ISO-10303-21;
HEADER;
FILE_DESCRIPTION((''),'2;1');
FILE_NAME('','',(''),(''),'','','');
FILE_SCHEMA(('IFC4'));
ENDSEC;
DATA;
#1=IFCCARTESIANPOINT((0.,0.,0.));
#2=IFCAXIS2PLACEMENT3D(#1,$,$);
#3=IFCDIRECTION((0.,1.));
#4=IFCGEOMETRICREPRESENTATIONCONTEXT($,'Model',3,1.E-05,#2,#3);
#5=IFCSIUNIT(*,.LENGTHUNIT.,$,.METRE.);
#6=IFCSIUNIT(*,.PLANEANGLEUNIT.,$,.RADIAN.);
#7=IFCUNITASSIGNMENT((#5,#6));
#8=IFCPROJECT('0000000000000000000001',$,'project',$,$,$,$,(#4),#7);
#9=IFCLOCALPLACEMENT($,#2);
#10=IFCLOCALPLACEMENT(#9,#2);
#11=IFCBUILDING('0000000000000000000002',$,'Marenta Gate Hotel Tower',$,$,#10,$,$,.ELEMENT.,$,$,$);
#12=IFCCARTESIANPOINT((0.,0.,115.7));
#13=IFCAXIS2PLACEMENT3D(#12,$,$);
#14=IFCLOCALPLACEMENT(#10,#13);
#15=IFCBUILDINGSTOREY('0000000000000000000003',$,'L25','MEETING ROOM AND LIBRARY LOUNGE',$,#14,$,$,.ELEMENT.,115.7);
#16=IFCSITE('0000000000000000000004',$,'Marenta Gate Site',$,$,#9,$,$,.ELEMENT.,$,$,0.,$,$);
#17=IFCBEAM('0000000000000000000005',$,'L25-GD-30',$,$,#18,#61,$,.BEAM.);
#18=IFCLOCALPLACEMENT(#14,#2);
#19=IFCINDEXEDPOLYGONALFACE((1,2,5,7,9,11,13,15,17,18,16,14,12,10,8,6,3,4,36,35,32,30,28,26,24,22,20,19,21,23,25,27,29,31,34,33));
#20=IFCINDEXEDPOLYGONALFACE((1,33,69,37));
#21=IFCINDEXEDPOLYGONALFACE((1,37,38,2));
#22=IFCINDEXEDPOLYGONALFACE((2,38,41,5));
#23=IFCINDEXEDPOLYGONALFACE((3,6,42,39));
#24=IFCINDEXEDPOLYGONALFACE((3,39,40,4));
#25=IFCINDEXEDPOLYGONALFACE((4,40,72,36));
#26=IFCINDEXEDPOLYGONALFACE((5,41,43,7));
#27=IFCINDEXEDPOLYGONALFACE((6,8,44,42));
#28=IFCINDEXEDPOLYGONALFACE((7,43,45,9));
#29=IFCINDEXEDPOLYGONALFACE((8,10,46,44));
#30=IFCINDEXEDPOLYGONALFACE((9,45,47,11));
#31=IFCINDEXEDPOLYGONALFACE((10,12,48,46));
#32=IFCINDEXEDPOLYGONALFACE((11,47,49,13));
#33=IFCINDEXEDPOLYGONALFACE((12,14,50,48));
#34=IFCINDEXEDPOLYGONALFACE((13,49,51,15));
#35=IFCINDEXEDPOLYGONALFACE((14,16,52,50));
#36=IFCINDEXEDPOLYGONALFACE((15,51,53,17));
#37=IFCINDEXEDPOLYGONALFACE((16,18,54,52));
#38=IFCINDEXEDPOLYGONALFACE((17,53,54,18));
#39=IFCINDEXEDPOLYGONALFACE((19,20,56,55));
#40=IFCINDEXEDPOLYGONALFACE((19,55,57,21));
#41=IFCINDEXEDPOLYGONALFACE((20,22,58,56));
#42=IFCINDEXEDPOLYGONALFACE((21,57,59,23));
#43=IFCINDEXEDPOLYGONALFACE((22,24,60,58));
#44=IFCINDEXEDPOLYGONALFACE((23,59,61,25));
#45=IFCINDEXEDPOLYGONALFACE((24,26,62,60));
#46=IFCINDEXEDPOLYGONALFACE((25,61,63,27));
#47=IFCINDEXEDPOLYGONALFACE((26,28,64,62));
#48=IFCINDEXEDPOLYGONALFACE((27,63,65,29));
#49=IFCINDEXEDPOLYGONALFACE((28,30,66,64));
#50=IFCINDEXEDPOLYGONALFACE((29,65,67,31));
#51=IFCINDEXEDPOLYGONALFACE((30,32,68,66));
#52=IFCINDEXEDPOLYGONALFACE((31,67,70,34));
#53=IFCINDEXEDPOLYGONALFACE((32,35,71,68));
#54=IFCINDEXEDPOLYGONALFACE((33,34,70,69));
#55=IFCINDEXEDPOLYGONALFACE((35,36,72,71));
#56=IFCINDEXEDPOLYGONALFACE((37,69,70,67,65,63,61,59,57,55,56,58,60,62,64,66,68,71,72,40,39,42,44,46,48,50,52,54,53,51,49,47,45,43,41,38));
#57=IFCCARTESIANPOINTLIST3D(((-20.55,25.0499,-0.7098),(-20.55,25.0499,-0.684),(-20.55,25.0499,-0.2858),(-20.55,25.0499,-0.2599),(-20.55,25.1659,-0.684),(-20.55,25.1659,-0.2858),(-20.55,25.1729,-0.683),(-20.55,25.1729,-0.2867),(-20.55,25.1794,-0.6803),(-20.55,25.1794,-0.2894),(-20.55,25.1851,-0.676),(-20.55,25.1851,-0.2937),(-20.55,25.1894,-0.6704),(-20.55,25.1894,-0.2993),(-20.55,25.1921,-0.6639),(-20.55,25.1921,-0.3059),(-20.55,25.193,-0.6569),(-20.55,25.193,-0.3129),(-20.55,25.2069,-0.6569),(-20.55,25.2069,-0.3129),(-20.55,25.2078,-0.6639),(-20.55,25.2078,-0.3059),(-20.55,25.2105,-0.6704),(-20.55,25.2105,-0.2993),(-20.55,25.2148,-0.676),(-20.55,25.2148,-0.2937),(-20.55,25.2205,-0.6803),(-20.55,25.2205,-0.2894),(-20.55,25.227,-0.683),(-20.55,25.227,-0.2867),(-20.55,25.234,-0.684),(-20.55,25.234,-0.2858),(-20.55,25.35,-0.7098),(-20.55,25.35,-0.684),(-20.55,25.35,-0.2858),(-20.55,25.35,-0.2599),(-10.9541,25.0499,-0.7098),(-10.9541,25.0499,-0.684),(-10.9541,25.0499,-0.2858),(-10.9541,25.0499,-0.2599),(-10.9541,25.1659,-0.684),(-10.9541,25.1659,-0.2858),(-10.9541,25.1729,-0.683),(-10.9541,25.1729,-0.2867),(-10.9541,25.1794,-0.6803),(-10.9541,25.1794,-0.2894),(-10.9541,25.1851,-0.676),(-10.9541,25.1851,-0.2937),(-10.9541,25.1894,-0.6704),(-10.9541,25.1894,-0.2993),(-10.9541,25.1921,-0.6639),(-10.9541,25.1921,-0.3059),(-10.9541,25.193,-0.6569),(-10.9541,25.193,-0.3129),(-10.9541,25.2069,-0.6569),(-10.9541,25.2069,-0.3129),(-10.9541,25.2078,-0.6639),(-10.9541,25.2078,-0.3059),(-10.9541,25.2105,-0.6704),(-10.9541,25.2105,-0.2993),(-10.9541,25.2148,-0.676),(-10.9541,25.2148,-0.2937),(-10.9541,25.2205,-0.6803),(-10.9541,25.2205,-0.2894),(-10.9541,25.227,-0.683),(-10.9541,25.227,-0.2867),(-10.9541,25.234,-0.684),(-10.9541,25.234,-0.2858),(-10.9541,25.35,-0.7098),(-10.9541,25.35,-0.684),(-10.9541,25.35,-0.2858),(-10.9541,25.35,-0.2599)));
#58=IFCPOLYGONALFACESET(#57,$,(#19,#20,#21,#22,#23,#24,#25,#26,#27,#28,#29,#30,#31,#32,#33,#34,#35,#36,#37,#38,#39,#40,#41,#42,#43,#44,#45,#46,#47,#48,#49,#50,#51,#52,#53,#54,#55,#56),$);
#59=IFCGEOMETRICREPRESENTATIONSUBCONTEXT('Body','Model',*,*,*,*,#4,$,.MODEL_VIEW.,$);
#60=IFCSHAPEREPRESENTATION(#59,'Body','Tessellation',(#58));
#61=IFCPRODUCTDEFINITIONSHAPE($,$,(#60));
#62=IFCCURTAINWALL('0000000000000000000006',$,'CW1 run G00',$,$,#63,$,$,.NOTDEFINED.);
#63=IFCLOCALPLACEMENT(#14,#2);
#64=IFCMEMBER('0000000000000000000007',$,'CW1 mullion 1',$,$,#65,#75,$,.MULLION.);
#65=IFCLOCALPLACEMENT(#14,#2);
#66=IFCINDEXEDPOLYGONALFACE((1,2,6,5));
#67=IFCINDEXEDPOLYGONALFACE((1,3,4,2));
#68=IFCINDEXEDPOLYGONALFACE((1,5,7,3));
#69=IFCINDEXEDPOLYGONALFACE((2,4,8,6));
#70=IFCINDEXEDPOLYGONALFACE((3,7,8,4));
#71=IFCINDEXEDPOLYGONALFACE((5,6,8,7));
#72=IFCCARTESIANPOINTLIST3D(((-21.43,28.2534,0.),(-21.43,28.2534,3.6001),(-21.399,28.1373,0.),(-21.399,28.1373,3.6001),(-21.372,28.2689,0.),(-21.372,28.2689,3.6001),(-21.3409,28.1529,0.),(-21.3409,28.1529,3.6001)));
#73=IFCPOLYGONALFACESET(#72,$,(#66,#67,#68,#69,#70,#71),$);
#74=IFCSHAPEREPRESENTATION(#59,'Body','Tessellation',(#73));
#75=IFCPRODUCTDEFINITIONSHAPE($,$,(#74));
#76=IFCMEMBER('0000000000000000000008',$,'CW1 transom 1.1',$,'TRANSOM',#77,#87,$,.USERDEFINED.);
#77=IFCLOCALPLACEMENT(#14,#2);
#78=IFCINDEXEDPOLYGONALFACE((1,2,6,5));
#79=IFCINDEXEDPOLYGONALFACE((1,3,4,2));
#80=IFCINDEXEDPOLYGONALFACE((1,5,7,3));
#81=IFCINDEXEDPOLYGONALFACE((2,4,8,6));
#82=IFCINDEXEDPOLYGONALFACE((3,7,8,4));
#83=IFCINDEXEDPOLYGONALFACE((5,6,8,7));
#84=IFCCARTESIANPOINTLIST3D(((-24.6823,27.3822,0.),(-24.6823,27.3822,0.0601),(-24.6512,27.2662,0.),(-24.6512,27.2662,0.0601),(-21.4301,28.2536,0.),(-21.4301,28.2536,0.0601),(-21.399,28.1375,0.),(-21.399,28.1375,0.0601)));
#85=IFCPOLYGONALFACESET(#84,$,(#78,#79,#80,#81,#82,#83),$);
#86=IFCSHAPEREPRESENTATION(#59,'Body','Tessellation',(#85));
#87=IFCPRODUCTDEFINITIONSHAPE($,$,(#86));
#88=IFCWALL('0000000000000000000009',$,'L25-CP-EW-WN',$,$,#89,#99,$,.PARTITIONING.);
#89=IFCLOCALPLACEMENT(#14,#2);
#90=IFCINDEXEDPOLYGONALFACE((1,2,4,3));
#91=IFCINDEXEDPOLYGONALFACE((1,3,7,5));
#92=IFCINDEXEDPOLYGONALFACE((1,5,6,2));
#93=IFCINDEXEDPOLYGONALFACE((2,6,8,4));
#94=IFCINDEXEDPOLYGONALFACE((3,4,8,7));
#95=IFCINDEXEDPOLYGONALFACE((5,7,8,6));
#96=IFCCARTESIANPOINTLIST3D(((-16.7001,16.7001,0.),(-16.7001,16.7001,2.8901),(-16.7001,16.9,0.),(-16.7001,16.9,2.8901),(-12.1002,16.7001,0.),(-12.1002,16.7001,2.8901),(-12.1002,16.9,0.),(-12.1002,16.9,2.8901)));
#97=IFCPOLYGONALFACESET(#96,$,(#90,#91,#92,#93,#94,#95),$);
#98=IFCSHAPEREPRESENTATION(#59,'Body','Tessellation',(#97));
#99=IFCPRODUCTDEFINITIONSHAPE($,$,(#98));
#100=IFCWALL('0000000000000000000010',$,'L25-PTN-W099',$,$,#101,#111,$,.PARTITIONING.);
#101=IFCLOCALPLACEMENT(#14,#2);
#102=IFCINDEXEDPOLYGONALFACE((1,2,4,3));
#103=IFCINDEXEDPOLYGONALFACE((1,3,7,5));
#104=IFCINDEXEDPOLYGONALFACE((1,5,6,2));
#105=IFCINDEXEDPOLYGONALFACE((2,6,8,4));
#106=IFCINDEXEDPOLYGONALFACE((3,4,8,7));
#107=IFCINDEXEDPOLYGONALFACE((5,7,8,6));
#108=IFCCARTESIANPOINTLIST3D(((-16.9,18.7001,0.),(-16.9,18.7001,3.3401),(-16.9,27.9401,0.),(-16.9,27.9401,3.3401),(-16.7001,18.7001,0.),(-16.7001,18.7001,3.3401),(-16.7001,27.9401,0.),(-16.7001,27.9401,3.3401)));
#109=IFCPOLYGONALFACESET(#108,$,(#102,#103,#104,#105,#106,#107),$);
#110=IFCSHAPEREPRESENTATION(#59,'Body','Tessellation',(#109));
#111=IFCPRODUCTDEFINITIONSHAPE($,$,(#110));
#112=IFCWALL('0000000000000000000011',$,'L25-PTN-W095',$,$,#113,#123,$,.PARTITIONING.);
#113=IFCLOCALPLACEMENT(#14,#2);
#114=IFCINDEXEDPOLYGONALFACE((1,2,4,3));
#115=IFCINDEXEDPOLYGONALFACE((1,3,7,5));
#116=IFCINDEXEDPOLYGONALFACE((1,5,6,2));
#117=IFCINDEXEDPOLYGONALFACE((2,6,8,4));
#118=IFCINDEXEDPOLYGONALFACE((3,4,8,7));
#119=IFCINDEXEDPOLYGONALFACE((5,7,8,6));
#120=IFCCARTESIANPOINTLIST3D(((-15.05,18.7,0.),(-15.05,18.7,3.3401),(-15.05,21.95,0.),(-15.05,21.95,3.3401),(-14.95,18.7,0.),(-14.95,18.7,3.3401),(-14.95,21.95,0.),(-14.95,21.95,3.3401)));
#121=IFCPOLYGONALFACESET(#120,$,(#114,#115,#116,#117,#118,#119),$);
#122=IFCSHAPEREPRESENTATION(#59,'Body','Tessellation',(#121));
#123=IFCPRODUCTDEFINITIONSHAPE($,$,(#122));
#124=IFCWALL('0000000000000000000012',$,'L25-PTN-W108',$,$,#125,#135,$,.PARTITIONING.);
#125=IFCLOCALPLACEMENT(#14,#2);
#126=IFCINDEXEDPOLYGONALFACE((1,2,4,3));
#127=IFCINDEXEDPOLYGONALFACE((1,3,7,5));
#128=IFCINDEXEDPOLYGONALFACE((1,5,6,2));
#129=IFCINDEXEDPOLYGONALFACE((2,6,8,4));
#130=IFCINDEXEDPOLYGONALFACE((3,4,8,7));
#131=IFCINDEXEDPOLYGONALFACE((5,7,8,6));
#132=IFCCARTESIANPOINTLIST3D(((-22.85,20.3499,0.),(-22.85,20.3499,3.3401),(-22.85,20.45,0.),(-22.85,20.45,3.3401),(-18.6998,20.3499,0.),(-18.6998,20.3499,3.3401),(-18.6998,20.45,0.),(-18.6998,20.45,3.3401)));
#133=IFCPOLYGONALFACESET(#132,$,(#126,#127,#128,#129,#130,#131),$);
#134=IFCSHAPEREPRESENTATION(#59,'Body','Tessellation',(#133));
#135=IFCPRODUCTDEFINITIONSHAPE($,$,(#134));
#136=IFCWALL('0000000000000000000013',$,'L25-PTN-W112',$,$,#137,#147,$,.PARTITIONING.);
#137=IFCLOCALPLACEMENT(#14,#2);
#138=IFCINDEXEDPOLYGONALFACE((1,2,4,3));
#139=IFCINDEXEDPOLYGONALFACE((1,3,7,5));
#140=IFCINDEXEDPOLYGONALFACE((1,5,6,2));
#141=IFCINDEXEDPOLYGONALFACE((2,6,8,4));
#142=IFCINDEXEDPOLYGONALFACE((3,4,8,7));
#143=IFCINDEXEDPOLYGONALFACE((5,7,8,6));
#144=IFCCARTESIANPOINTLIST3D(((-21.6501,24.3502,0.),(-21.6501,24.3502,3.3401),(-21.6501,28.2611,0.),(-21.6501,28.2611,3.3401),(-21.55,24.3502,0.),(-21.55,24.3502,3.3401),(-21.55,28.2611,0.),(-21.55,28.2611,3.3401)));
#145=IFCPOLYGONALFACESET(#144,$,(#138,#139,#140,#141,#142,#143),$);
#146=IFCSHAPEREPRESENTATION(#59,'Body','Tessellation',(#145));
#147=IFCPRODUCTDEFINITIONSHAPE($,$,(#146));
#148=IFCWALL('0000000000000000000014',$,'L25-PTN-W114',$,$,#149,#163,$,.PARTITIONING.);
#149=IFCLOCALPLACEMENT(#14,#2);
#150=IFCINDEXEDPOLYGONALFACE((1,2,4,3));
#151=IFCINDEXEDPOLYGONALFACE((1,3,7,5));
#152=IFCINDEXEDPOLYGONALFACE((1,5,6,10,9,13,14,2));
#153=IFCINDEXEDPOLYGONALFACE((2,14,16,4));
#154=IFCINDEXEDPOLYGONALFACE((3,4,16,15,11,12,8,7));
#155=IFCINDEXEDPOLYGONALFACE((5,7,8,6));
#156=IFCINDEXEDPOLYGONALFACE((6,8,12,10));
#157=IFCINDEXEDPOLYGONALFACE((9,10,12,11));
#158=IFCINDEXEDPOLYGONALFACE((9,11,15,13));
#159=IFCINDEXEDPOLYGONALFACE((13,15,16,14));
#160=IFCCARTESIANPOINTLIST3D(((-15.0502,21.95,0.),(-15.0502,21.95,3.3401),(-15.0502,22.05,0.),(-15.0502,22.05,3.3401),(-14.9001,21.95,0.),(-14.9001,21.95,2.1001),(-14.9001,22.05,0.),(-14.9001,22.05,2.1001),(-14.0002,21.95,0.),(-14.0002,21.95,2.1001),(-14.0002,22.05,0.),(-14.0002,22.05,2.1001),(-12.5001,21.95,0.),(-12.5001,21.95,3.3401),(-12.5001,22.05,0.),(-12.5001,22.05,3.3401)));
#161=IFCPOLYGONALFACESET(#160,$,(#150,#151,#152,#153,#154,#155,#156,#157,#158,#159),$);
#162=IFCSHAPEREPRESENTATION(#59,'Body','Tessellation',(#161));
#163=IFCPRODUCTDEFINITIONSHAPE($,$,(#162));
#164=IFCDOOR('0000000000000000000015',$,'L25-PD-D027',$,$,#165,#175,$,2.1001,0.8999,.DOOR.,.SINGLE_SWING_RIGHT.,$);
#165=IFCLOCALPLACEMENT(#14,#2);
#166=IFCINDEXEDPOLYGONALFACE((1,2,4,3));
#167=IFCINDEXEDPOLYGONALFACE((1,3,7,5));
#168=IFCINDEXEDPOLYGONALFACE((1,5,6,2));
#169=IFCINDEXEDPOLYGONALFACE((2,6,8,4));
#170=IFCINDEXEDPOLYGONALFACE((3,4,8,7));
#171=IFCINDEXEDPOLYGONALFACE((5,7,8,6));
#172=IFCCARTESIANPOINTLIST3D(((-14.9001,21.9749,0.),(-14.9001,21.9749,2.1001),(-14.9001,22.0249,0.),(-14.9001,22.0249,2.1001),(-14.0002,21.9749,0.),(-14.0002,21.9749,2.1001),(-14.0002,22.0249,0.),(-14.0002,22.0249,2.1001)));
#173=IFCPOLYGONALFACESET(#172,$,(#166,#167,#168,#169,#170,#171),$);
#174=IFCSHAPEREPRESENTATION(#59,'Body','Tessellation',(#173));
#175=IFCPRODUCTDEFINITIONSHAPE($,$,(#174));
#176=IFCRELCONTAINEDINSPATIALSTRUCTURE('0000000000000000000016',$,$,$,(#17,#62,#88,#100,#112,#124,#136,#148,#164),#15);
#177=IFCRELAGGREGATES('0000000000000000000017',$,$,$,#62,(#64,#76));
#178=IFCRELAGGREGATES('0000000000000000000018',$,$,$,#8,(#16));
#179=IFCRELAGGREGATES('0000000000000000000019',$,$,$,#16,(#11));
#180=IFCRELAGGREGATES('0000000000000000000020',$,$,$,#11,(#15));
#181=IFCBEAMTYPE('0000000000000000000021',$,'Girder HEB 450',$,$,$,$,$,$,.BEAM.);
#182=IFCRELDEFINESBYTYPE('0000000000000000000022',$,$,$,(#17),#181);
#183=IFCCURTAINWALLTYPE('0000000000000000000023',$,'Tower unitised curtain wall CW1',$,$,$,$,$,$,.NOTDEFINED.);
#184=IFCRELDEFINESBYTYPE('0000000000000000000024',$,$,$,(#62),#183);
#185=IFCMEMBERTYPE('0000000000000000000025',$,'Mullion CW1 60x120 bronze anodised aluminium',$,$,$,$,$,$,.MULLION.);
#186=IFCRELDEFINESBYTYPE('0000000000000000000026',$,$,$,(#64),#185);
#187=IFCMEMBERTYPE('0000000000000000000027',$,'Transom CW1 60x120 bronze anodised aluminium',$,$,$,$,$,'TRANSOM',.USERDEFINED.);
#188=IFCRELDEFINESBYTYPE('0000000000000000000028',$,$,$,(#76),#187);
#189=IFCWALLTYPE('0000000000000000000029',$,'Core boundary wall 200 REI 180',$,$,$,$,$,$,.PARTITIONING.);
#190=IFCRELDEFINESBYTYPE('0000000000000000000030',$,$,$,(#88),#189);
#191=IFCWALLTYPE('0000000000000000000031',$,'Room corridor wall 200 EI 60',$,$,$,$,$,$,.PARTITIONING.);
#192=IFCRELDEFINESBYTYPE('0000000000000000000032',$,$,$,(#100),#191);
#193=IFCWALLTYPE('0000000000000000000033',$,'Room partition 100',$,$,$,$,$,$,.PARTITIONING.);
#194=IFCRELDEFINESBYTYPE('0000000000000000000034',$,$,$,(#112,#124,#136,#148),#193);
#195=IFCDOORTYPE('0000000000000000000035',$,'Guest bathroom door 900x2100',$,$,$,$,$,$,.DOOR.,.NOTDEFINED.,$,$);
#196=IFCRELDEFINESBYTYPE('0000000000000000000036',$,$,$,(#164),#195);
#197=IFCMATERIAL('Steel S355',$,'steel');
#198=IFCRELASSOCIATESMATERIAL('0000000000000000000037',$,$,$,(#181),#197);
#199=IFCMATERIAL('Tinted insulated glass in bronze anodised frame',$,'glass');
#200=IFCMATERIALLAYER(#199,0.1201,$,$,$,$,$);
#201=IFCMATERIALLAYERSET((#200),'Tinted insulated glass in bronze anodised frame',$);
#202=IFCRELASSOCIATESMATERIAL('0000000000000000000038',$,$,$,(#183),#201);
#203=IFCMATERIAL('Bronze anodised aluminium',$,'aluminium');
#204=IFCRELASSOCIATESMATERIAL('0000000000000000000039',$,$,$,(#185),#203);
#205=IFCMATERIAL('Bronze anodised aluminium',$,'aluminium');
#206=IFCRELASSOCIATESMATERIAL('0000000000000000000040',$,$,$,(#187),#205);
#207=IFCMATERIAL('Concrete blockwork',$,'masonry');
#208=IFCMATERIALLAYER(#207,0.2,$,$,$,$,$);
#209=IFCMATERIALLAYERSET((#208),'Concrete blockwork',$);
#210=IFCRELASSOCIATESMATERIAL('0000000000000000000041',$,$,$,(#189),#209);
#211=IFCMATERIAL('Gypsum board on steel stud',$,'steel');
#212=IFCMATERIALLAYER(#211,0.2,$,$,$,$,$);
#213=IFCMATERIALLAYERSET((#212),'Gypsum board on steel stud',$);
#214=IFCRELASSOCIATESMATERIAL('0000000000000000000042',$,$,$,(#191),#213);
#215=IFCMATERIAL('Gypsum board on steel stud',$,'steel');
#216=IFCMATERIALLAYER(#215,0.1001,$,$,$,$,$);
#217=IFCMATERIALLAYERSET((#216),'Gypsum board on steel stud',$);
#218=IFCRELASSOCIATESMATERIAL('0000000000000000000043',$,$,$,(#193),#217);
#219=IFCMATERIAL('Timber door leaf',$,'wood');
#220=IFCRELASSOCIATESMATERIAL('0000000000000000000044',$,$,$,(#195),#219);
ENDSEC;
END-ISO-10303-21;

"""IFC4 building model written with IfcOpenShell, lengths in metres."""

from ifc_helpers import new_model, si_unit, direction, frame, frame_2d, origin, origin_2d, place, context, subcontext, project, spatial, rectangle, i_section, extrude, material, layer, layer_set, material_profile, profile_set, type_object, element, fill, aggregate, save


model = new_model("IFC4")

# Units and contexts
model_context = context("Model", 3, precision=1e-05, world=origin(), true_north=direction((0.0, 1.0)))
body_context = subcontext(model_context, "Body", "Model", "MODEL_VIEW")
ifc_project = project(units=[si_unit("LENGTHUNIT", "METRE"), si_unit("PLANEANGLEUNIT", "RADIAN")], contexts=[model_context])

# Site, building, storey
site_placement = place(None, origin())
site = spatial("IfcSite", under=ifc_project, at=site_placement, Name="Marenta Gate Site", CompositionType="ELEMENT", RefElevation=0.0)
building_placement = place(site_placement, origin())
building = spatial("IfcBuilding", under=site, at=building_placement, Name="Marenta Gate Hotel Tower", CompositionType="ELEMENT")
storey_placement = place(building_placement, frame((0.0, 0.0, 115.7)))
storey = spatial("IfcBuildingStorey", under=building, at=storey_placement, Name="L25", Description="MEETING ROOM AND LIBRARY LOUNGE", CompositionType="ELEMENT", Elevation=115.7)

# Beam
ifc_material_1 = material(Name="Steel S355", Category="steel")
ifc_material_profile_1 = material_profile(ifc_material_1, i_section(OverallWidth=0.3, OverallDepth=0.45, WebThickness=0.0139, FlangeThickness=0.0259, FilletRadius=0.0271, at=origin_2d()), Name="HEB 450")
ifc_profile_set_1 = profile_set([ifc_material_profile_1], Name="Steel S355")
beam_type_1 = type_object("IfcBeamType", Name="Girder HEB 450", PredefinedType="BEAM", material=ifc_profile_set_1)
beam_1_placement = place(storey_placement, frame((-20.55, 25.2, -0.4849), z_axis=(1.0, 0.0, 0.0), x_axis=(0.0, 1.0, 0.0)))
element("IfcBeam", 1, at=beam_1_placement, inside=storey, type_object=beam_type_1, Name="L25-GD-30", PredefinedType="BEAM", context=body_context, shape_type="SweptSolid", body=[
    extrude(i_section(OverallWidth=0.3, OverallDepth=0.45, WebThickness=0.0139, FlangeThickness=0.0259, FilletRadius=0.0271, at=origin_2d()), origin(), (0.0, 0.0, 1.0), 9.5959),
])

# Curtain wall, members
ifc_material_2 = material(Name="Tinted insulated glass in bronze anodised frame", Category="glass")
ifc_layer_1 = layer(ifc_material_2, 0.1201)
ifc_layer_set_1 = layer_set([ifc_layer_1], Name="Tinted insulated glass in bronze anodised frame")
curtain_wall_type = type_object("IfcCurtainWallType", Name="Tower unitised curtain wall CW1", PredefinedType="NOTDEFINED", material=ifc_layer_set_1)
curtain_wall_placement = place(storey_placement, origin())
curtain_wall = element("IfcCurtainWall", 2, at=curtain_wall_placement, inside=storey, type_object=curtain_wall_type, Name="CW1 run G00", PredefinedType="NOTDEFINED")
ifc_material_3 = material(Name="Bronze anodised aluminium", Category="aluminium")
ifc_material_profile_2 = material_profile(ifc_material_3, rectangle(XDim=0.1201, YDim=0.0601, at=origin_2d()), Name="Mullion CW1 60x120 bronze anodised aluminium")
ifc_profile_set_2 = profile_set([ifc_material_profile_2], Name="Bronze anodised aluminium")
member_type_1 = type_object("IfcMemberType", Name="Mullion CW1 60x120 bronze anodised aluminium", PredefinedType="MULLION", material=ifc_profile_set_2)
member_1_placement = place(storey_placement, frame((-21.3855, 28.2031, 0.0), z_axis=(0.0, 0.0, 1.0), x_axis=(0.258801, -0.965931, 0.0)))
member_1 = element("IfcMember", 3, at=member_1_placement, type_object=member_type_1, Name="CW1 mullion 1", PredefinedType="MULLION", context=body_context, shape_type="SweptSolid", body=[
    extrude(rectangle(XDim=0.1201, YDim=0.0601, at=origin_2d()), origin(), (0.0, 0.0, 1.0), 3.6001),
])
ifc_material_4 = material(Name="Bronze anodised aluminium", Category="aluminium")
ifc_material_profile_3 = material_profile(ifc_material_4, rectangle(XDim=0.1201, YDim=0.0601, at=origin_2d()), Name="Transom CW1 60x120 bronze anodised aluminium")
ifc_profile_set_3 = profile_set([ifc_material_profile_3], Name="Bronze anodised aluminium")
member_type_2 = type_object("IfcMemberType", Name="Transom CW1 60x120 bronze anodised aluminium", ElementType="TRANSOM", PredefinedType="USERDEFINED", material=ifc_profile_set_3)
member_2_placement = place(storey_placement, frame((-21.4146, 28.1956, 0.03), z_axis=(-0.965932, -0.258795, 0.0), x_axis=(0.258795, -0.965932, 0.0)))
member_2 = element("IfcMember", 4, at=member_2_placement, type_object=member_type_2, Name="CW1 transom 1.1", ObjectType="TRANSOM", PredefinedType="USERDEFINED", context=body_context, shape_type="SweptSolid", body=[
    extrude(rectangle(XDim=0.1201, YDim=0.0601, at=origin_2d()), origin(), (0.0, 0.0, 1.0), 3.3669),
])
aggregate(curtain_wall, [member_1, member_2])

# Walls
ifc_material_5 = material(Name="Concrete blockwork", Category="masonry")
ifc_layer_2 = layer(ifc_material_5, 0.2)
ifc_layer_set_2 = layer_set([ifc_layer_2], Name="Concrete blockwork")
wall_type_1 = type_object("IfcWallType", Name="Core boundary wall 200 REI 180", PredefinedType="PARTITIONING", material=ifc_layer_set_2)
wall_1_placement = place(storey_placement, frame((-16.7, 16.8, 0.0), z_axis=(0.0, 0.0, 1.0), x_axis=(1.0, 0.0, 0.0)))
element("IfcWall", 5, at=wall_1_placement, inside=storey, type_object=wall_type_1, Name="L25-CP-EW-WN", PredefinedType="PARTITIONING", context=body_context, shape_type="SweptSolid", body=[
    extrude(rectangle(XDim=4.5999, YDim=0.2, at=frame_2d((2.2998, 0.0))), origin(), (0.0, 0.0, 1.0), 2.8901),
])
ifc_material_6 = material(Name="Gypsum board on steel stud", Category="steel")
ifc_layer_3 = layer(ifc_material_6, 0.2)
ifc_layer_set_3 = layer_set([ifc_layer_3], Name="Gypsum board on steel stud")
wall_type_2 = type_object("IfcWallType", Name="Room corridor wall 200 EI 60", PredefinedType="PARTITIONING", material=ifc_layer_set_3)
wall_2_placement = place(storey_placement, frame((-16.8, 18.7, 0.0), z_axis=(0.0, 0.0, 1.0), x_axis=(0.0, 1.0, 0.0)))
element("IfcWall", 6, at=wall_2_placement, inside=storey, type_object=wall_type_2, Name="L25-PTN-W099", PredefinedType="PARTITIONING", context=body_context, shape_type="SweptSolid", body=[
    extrude(rectangle(XDim=9.24, YDim=0.2, at=frame_2d((4.6201, 0.0))), origin(), (0.0, 0.0, 1.0), 3.3401),
])

# Walls
ifc_material_7 = material(Name="Gypsum board on steel stud", Category="steel")
ifc_layer_4 = layer(ifc_material_7, 0.1001)
ifc_layer_set_4 = layer_set([ifc_layer_4], Name="Gypsum board on steel stud")
wall_type_3 = type_object("IfcWallType", Name="Room partition 100", PredefinedType="PARTITIONING", material=ifc_layer_set_4)
wall_3_placement = place(storey_placement, frame((-15.0, 18.7, 0.0), z_axis=(0.0, 0.0, 1.0), x_axis=(0.0, 1.0, 0.0)))
element("IfcWall", 7, at=wall_3_placement, inside=storey, type_object=wall_type_3, Name="L25-PTN-W095", PredefinedType="PARTITIONING", context=body_context, shape_type="SweptSolid", body=[
    extrude(rectangle(XDim=3.25, YDim=0.1001, at=frame_2d((1.625, 0.0))), origin(), (0.0, 0.0, 1.0), 3.3401),
])
wall_4_placement = place(storey_placement, frame((-22.8501, 20.3999, 0.0), z_axis=(0.0, 0.0, 1.0), x_axis=(1.0, 0.0, 0.0)))
element("IfcWall", 8, at=wall_4_placement, inside=storey, type_object=wall_type_3, Name="L25-PTN-W108", PredefinedType="PARTITIONING", context=body_context, shape_type="SweptSolid", body=[
    extrude(rectangle(XDim=4.1501, YDim=0.1001, at=frame_2d((2.0752, 0.0))), origin(), (0.0, 0.0, 1.0), 3.3401),
])
wall_5_placement = place(storey_placement, frame((-21.6001, 24.3501, 0.0), z_axis=(0.0, 0.0, 1.0), x_axis=(0.0, 1.0, 0.0)))
element("IfcWall", 9, at=wall_5_placement, inside=storey, type_object=wall_type_3, Name="L25-PTN-W112", PredefinedType="PARTITIONING", context=body_context, shape_type="SweptSolid", body=[
    extrude(rectangle(XDim=3.9109, YDim=0.1001, at=frame_2d((1.9556, 0.0))), origin(), (0.0, 0.0, 1.0), 3.3401),
])

# Wall, opening, door
wall_6_placement = place(storey_placement, frame((-15.05, 22.0, 0.0), z_axis=(0.0, 0.0, 1.0), x_axis=(1.0, 0.0, 0.0)))
wall_6 = element("IfcWall", 10, at=wall_6_placement, inside=storey, type_object=wall_type_3, Name="L25-PTN-W114", PredefinedType="PARTITIONING", context=body_context, shape_type="SweptSolid", body=[
    extrude(rectangle(XDim=2.55, YDim=0.1001, at=frame_2d((1.2749, 0.0))), origin(), (0.0, 0.0, 1.0), 3.3401),
])
opening_1_placement = place(wall_6_placement, frame((0.1499, 0.0, 0.0)))
opening_1 = element("IfcOpeningElement", 11, at=opening_1_placement, cuts=wall_6, PredefinedType="OPENING", context=body_context, shape_type="SweptSolid", body=[
    extrude(rectangle(XDim=0.8999, YDim=2.1001, at=frame_2d((0.45, 1.05))), frame((0.0, 0.05, 0.0), z_axis=(0.0, -1.0, 0.0), x_axis=(1.0, 0.0, 0.0)), (0.0, 0.0, 1.0), 0.1001),
])
ifc_material_8 = material(Name="Timber door leaf", Category="wood")
door_type_1 = type_object("IfcDoorType", Name="Guest bathroom door 900x2100", OperationType="NOTDEFINED", PredefinedType="DOOR", material=ifc_material_8)
door_1_placement = place(opening_1_placement, origin())
door_1 = element("IfcDoor", 12, at=door_1_placement, inside=storey, type_object=door_type_1, Name="L25-PD-D027", OperationType="SINGLE_SWING_RIGHT", OverallHeight=2.1001, OverallWidth=0.8999, PredefinedType="DOOR", context=body_context, shape_type="SweptSolid", body=[
    extrude(rectangle(XDim=0.8999, YDim=2.1001, at=frame_2d((0.45, 1.05))), frame((0.0, 0.0249, 0.0), z_axis=(0.0, -1.0, 0.0), x_axis=(1.0, 0.0, 0.0)), (0.0, 0.0, 1.0), 0.05),
])
fill(opening_1, door_1)

save(model, "model.ifc")
